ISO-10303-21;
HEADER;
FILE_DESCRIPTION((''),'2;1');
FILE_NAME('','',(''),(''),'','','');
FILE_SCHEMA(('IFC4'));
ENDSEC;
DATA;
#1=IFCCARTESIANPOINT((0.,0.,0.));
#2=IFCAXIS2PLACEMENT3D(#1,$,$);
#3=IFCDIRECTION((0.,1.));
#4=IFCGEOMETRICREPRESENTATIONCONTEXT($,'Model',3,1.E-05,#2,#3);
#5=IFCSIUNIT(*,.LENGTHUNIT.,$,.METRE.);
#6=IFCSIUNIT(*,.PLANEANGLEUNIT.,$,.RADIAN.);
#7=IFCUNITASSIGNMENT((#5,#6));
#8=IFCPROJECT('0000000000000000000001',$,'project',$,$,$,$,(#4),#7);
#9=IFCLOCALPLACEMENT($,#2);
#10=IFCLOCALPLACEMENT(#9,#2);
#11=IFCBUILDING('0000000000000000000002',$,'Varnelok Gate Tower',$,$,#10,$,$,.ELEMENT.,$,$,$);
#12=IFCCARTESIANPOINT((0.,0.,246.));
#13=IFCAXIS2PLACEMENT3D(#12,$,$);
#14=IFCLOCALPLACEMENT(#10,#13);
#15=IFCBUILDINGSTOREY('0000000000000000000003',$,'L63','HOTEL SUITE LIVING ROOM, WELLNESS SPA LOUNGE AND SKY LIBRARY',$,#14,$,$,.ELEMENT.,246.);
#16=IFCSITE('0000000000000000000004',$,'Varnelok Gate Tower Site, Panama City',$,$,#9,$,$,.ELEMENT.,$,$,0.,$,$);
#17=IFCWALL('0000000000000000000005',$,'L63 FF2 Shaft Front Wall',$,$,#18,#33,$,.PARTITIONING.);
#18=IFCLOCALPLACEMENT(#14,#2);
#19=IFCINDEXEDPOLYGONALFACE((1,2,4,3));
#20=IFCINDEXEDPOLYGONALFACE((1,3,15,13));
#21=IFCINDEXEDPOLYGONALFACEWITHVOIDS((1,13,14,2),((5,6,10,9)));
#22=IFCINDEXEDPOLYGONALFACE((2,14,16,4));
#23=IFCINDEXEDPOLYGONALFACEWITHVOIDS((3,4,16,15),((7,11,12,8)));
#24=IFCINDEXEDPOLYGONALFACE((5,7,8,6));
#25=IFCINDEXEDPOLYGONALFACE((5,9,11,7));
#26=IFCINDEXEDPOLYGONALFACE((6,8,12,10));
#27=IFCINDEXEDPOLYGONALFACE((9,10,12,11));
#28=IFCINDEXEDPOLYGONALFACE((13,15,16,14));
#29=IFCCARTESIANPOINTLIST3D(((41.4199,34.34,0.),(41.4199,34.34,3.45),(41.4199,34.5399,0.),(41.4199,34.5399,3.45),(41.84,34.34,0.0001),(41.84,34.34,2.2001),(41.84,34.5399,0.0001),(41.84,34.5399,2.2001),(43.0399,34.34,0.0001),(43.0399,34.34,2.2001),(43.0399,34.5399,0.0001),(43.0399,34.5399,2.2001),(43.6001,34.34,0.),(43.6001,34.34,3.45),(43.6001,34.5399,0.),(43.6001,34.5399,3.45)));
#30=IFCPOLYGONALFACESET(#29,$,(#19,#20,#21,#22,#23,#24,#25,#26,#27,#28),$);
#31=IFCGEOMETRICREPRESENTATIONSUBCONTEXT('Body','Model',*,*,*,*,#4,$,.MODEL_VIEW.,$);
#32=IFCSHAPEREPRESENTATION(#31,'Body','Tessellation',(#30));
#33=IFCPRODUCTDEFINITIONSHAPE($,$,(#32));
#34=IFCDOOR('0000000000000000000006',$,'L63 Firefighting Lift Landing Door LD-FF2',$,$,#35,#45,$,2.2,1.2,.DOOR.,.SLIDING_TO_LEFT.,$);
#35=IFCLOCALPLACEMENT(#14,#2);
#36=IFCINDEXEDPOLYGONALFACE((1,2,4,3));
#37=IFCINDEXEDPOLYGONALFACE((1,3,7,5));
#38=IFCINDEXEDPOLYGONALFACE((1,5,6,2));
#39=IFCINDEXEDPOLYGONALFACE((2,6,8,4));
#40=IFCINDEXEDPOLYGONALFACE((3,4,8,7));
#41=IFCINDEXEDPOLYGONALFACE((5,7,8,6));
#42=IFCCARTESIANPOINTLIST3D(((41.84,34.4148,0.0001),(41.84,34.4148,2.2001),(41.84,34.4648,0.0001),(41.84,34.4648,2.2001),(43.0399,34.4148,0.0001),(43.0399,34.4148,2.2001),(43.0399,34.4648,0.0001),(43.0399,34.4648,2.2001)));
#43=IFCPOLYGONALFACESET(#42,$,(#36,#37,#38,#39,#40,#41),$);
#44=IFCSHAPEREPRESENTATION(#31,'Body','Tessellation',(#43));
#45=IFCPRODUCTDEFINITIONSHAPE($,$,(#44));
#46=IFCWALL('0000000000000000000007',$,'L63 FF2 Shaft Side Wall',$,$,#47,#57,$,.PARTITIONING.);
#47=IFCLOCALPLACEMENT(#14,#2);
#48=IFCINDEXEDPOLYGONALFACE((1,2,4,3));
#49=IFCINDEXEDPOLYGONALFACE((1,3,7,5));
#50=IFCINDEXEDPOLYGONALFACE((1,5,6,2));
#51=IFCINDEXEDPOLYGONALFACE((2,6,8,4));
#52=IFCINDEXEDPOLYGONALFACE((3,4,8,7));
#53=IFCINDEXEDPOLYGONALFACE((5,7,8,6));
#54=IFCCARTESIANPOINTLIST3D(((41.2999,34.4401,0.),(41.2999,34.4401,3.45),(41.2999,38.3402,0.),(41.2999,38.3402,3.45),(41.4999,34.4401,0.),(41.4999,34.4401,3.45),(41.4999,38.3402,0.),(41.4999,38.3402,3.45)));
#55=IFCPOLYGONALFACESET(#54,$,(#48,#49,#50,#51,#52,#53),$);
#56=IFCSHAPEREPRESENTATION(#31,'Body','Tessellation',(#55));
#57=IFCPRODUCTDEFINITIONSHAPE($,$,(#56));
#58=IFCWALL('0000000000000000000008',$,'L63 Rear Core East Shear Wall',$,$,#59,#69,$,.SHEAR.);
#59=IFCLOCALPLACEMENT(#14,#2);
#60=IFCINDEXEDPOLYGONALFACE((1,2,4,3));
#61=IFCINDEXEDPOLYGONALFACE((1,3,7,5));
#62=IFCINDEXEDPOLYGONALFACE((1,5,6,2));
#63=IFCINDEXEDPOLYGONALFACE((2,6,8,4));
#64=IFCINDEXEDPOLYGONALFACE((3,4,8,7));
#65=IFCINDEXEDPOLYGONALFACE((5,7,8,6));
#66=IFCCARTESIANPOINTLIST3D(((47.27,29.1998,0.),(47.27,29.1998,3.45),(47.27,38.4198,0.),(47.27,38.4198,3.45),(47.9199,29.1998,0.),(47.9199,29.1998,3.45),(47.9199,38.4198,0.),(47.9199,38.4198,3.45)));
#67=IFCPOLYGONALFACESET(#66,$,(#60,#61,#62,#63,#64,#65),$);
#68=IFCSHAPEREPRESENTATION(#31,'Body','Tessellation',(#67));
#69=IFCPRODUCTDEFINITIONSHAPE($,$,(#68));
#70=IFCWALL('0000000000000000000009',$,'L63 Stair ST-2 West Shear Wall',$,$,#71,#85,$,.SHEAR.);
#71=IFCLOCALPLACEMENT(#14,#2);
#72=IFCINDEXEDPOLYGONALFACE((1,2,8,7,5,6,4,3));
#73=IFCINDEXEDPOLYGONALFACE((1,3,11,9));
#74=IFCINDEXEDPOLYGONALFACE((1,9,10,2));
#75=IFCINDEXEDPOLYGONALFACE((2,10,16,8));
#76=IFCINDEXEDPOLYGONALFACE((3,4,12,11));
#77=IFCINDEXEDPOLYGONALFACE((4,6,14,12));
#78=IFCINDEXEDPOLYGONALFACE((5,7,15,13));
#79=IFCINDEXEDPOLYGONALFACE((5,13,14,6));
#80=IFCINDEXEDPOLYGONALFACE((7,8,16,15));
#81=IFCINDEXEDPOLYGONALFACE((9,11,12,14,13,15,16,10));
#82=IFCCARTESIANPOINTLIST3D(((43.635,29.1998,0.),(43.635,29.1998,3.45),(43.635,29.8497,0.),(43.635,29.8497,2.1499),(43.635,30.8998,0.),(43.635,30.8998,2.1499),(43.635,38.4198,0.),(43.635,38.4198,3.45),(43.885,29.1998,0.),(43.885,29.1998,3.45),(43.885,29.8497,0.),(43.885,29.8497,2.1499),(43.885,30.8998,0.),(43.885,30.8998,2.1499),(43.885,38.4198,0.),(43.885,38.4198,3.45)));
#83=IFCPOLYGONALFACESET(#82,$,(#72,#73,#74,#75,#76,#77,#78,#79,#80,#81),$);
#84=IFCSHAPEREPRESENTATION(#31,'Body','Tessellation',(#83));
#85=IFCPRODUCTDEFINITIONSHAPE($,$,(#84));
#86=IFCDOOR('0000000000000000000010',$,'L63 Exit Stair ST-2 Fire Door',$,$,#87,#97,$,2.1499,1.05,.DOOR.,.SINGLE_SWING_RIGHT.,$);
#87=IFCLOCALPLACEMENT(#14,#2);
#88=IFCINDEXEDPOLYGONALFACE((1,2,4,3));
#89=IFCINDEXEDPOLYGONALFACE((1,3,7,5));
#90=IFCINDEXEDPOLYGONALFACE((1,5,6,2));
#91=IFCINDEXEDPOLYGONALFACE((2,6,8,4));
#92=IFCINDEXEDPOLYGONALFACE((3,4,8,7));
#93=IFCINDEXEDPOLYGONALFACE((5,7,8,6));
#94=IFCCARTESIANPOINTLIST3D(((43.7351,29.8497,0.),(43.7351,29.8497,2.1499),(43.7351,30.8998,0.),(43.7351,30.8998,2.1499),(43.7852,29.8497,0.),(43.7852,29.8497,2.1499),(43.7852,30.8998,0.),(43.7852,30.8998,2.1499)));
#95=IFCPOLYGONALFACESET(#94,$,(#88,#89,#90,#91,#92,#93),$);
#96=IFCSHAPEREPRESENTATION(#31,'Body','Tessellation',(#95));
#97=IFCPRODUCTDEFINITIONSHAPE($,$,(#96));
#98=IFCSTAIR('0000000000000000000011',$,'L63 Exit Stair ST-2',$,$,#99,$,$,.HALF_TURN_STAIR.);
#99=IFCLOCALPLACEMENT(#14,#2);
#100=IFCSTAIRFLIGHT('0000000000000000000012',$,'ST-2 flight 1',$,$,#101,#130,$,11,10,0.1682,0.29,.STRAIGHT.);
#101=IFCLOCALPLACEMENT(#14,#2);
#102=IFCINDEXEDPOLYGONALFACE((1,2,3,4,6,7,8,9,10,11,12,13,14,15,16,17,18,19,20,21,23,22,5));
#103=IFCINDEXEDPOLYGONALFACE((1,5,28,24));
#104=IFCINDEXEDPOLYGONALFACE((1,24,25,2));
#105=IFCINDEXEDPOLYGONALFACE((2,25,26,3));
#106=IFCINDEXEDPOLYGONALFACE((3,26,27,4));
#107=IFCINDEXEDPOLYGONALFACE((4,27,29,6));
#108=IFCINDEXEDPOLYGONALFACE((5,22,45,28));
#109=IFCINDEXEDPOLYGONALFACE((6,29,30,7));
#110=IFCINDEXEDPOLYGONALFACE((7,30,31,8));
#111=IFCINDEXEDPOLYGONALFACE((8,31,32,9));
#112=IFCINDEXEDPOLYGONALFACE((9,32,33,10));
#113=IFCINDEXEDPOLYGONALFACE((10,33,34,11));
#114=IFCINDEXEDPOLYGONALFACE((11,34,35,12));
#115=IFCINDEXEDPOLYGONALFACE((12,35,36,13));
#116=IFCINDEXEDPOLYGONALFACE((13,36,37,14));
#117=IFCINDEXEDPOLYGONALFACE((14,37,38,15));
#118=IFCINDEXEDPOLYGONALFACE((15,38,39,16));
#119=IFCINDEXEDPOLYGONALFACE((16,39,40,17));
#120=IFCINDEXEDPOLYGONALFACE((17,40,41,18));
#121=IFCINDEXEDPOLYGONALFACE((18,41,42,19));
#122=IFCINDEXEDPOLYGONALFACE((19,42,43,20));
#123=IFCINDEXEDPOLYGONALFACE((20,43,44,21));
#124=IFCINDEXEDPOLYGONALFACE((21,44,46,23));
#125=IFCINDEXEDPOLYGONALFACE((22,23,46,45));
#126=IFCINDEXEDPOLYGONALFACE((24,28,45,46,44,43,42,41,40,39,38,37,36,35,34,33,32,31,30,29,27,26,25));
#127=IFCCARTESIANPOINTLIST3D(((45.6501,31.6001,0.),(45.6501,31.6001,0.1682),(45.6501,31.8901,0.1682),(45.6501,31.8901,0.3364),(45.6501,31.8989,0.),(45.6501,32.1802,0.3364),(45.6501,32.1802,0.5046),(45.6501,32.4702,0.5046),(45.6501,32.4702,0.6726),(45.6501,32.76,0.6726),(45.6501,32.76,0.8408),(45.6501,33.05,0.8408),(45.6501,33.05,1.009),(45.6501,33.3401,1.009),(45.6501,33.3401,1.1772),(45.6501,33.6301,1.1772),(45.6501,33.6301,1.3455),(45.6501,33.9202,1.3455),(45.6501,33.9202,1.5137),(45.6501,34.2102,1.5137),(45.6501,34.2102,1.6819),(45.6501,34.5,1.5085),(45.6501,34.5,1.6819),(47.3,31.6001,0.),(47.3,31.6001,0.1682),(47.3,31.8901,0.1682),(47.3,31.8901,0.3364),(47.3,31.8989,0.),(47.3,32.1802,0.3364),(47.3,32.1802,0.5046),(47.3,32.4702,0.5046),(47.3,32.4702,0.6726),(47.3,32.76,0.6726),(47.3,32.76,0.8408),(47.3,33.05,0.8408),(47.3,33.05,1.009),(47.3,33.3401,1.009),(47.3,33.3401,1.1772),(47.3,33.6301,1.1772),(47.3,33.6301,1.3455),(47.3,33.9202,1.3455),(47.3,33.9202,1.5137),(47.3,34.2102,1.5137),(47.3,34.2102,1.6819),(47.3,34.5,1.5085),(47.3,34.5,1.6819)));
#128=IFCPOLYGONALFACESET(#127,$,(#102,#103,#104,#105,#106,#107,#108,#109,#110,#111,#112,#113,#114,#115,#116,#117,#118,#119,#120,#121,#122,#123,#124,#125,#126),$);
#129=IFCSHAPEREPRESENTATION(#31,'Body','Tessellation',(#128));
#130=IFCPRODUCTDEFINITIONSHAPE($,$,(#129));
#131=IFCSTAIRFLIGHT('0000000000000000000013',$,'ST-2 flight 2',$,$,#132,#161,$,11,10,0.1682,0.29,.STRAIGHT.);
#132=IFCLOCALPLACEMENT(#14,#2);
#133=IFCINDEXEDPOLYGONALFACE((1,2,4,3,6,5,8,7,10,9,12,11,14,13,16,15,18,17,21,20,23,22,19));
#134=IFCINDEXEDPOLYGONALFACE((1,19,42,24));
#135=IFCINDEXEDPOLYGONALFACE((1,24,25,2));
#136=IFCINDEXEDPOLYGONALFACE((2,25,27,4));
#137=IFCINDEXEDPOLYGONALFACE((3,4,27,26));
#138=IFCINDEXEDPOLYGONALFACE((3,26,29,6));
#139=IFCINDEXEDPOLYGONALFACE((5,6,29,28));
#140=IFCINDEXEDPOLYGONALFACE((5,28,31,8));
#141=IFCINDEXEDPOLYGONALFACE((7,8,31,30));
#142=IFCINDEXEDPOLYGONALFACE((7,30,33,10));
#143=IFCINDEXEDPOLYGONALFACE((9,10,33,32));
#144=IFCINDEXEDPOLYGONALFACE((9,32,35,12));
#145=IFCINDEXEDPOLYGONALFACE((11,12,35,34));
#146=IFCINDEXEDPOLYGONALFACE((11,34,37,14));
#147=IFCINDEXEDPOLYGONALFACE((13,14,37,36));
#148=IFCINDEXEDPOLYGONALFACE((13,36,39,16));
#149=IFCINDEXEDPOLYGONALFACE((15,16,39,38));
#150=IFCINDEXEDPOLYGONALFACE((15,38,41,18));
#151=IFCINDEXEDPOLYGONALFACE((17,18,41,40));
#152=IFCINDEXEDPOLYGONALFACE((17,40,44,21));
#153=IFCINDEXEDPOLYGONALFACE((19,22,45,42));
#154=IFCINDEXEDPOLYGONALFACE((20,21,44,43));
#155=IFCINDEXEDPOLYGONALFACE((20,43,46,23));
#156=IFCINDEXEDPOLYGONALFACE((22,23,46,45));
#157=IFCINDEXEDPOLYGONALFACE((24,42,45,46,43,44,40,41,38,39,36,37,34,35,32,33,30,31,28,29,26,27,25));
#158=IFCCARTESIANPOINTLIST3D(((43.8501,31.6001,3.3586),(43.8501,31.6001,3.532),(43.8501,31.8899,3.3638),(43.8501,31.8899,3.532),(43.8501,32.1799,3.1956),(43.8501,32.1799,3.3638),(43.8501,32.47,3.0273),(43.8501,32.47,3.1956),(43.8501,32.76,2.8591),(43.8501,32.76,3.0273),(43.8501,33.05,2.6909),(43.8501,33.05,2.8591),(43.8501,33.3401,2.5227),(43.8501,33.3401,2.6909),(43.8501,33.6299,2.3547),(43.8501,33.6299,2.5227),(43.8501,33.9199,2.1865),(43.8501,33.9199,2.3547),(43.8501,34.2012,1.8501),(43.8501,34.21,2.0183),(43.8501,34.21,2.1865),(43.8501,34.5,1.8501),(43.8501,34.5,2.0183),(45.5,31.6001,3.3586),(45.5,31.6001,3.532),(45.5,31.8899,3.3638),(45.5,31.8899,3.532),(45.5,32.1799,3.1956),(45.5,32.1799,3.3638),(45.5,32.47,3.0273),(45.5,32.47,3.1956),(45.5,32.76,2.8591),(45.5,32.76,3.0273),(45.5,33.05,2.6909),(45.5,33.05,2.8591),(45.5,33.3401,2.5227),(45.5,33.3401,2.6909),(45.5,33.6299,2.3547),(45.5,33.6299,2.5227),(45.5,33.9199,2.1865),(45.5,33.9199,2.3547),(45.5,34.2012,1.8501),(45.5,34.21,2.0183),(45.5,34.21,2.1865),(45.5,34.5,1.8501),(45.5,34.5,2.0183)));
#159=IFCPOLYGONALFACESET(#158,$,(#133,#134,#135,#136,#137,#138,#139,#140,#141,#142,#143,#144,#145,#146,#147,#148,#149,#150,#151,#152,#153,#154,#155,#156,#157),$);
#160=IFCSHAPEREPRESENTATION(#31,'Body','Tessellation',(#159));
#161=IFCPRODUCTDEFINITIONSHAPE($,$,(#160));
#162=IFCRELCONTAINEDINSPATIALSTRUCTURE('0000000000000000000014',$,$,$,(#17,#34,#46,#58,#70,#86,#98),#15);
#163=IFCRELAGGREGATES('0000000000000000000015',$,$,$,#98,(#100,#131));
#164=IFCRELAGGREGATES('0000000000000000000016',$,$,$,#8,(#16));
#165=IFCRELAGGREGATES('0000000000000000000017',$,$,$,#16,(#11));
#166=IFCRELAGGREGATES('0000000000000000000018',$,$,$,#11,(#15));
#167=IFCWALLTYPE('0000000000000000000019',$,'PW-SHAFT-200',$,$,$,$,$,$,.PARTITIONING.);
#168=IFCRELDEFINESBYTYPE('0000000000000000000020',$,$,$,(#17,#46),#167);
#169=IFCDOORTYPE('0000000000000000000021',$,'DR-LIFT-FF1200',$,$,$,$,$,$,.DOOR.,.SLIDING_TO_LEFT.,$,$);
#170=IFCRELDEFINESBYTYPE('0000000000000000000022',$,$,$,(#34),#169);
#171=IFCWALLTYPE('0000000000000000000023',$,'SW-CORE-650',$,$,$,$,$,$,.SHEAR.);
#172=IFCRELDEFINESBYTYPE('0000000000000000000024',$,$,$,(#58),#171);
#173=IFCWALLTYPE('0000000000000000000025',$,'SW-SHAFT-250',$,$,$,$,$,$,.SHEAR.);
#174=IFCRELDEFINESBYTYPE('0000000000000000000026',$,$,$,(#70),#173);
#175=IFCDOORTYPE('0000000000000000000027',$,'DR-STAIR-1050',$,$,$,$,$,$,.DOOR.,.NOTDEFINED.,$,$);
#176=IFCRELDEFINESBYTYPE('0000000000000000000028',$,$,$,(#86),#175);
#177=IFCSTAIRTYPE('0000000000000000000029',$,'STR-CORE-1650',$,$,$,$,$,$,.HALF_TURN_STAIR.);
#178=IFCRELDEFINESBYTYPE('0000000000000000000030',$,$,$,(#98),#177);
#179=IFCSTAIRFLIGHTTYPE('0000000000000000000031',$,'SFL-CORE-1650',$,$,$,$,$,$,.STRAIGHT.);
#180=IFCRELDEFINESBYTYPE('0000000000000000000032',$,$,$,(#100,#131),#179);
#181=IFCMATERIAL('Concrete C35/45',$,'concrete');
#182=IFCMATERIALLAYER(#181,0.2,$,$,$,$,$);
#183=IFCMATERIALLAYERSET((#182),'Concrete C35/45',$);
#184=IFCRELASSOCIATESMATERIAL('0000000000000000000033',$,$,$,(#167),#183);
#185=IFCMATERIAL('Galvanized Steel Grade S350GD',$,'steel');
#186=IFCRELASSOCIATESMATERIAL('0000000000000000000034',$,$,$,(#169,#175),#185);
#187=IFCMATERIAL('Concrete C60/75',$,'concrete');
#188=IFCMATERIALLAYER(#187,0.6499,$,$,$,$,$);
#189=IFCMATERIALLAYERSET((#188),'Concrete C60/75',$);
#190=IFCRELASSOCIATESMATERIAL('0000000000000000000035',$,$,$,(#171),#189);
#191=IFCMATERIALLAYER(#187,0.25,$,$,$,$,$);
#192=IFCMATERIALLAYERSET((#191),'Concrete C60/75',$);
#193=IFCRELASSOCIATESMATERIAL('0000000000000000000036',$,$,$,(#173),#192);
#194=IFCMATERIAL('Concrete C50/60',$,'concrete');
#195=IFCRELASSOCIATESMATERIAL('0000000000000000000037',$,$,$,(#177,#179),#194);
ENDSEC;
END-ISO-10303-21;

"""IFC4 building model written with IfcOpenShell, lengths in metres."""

from ifc_helpers import new_model, si_unit, direction, frame, frame_2d, origin, place, context, subcontext, project, spatial, polyline, rectangle, outline, extrude, material, layer, layer_set, type_object, element, fill, aggregate, save


model = new_model("IFC4")

# Units and contexts
model_context = context("Model", 3, precision=1e-05, world=origin(), true_north=direction((0.0, 1.0)))
body_context = subcontext(model_context, "Body", "Model", "MODEL_VIEW")
ifc_project = project(units=[si_unit("LENGTHUNIT", "METRE"), si_unit("PLANEANGLEUNIT", "RADIAN")], contexts=[model_context])

# Site, building, storey
site_placement = place(None, origin())
site = spatial("IfcSite", under=ifc_project, at=site_placement, Name="Varnelok Gate Tower Site, Panama City", CompositionType="ELEMENT", RefElevation=0.0)
building_placement = place(site_placement, origin())
building = spatial("IfcBuilding", under=site, at=building_placement, Name="Varnelok Gate Tower", CompositionType="ELEMENT")
storey_placement = place(building_placement, frame((0.0, 0.0, 246.0)))
storey = spatial("IfcBuildingStorey", under=building, at=storey_placement, Name="L63", Description="HOTEL SUITE LIVING ROOM, WELLNESS SPA LOUNGE AND SKY LIBRARY", CompositionType="ELEMENT", Elevation=246.0)

# Shared definitions
ifc_material_1 = material(Name="Galvanized Steel Grade S350GD", Category="steel")

# Shared definitions
ifc_material_2 = material(Name="Concrete C35/45", Category="concrete")
ifc_layer_1 = layer(ifc_material_2, 0.2)
ifc_layer_set_1 = layer_set([ifc_layer_1], Name="Concrete C35/45")
wall_type_1 = type_object("IfcWallType", Name="PW-SHAFT-200", PredefinedType="PARTITIONING", material=ifc_layer_set_1)

# Wall, opening, door
wall_1_placement = place(storey_placement, frame((41.4199, 34.4399, 0.0), z_axis=(0.0, 0.0, 1.0), x_axis=(1.0, 0.0, 0.0)))
wall_1 = element("IfcWall", 1, at=wall_1_placement, inside=storey, type_object=wall_type_1, Name="L63 FF2 Shaft Front Wall", PredefinedType="PARTITIONING", context=body_context, shape_type="SweptSolid", body=[
    extrude(rectangle(XDim=2.1802, YDim=0.2, at=frame_2d((1.0901, 0.0))), origin(), (0.0, 0.0, 1.0), 3.45),
])
opening_1_placement = place(wall_1_placement, frame((0.4199, 0.0, 0.0)))
opening_1 = element("IfcOpeningElement", 2, at=opening_1_placement, cuts=wall_1, PredefinedType="OPENING", context=body_context, shape_type="SweptSolid", body=[
    extrude(rectangle(XDim=1.2, YDim=2.2, at=frame_2d((0.6001, 1.1001))), frame((0.0, 0.1099, 0.0), z_axis=(0.0, -1.0, 0.0), x_axis=(1.0, 0.0, 0.0)), (0.0, 0.0, 1.0), 0.22),
])
door_type_1 = type_object("IfcDoorType", Name="DR-LIFT-FF1200", OperationType="SLIDING_TO_LEFT", PredefinedType="DOOR", material=ifc_material_1)
door_1_placement = place(opening_1_placement, origin())
door_1 = element("IfcDoor", 3, at=door_1_placement, inside=storey, type_object=door_type_1, Name="L63 Firefighting Lift Landing Door LD-FF2", OperationType="SLIDING_TO_LEFT", OverallHeight=2.2, OverallWidth=1.2, PredefinedType="DOOR", context=body_context, shape_type="SweptSolid", body=[
    extrude(rectangle(XDim=1.2, YDim=2.2, at=frame_2d((0.6001, 1.1001))), frame((0.0, 0.0249, 0.0), z_axis=(0.0, -1.0, 0.0), x_axis=(1.0, 0.0, 0.0)), (0.0, 0.0, 1.0), 0.05),
])
fill(opening_1, door_1)

# Walls
wall_2_placement = place(storey_placement, frame((41.3999, 34.4399, 0.0), z_axis=(0.0, 0.0, 1.0), x_axis=(0.0, 1.0, 0.0)))
element("IfcWall", 4, at=wall_2_placement, inside=storey, type_object=wall_type_1, Name="L63 FF2 Shaft Side Wall", PredefinedType="PARTITIONING", context=body_context, shape_type="SweptSolid", body=[
    extrude(rectangle(XDim=3.9001, YDim=0.2, at=frame_2d((1.9502, 0.0))), origin(), (0.0, 0.0, 1.0), 3.45),
])
ifc_material_3 = material(Name="Concrete C60/75", Category="concrete")
ifc_layer_2 = layer(ifc_material_3, 0.6499)
ifc_layer_set_2 = layer_set([ifc_layer_2], Name="Concrete C60/75")
wall_type_2 = type_object("IfcWallType", Name="SW-CORE-650", PredefinedType="SHEAR", material=ifc_layer_set_2)
wall_3_placement = place(storey_placement, frame((47.595, 29.2, 0.0), z_axis=(0.0, 0.0, 1.0), x_axis=(0.0, 1.0, 0.0)))
element("IfcWall", 5, at=wall_3_placement, inside=storey, type_object=wall_type_2, Name="L63 Rear Core East Shear Wall", PredefinedType="SHEAR", context=body_context, shape_type="SweptSolid", body=[
    extrude(rectangle(XDim=9.22, YDim=0.6499, at=frame_2d((4.6099, 0.0))), origin(), (0.0, 0.0, 1.0), 3.45),
])

# Wall, opening, door
ifc_layer_3 = layer(ifc_material_3, 0.25)
ifc_layer_set_3 = layer_set([ifc_layer_3], Name="Concrete C60/75")
wall_type_3 = type_object("IfcWallType", Name="SW-SHAFT-250", PredefinedType="SHEAR", material=ifc_layer_set_3)
wall_4_placement = place(storey_placement, frame((43.76, 29.2, 0.0), z_axis=(0.0, 0.0, 1.0), x_axis=(0.0, 1.0, 0.0)))
wall_4 = element("IfcWall", 6, at=wall_4_placement, inside=storey, type_object=wall_type_3, Name="L63 Stair ST-2 West Shear Wall", PredefinedType="SHEAR", context=body_context, shape_type="SweptSolid", body=[
    extrude(rectangle(XDim=9.22, YDim=0.25, at=frame_2d((4.6099, 0.0))), origin(), (0.0, 0.0, 1.0), 3.45),
])
opening_2_placement = place(wall_4_placement, frame((0.6499, 0.0, 0.0)))
opening_2 = element("IfcOpeningElement", 7, at=opening_2_placement, cuts=wall_4, PredefinedType="OPENING", context=body_context, shape_type="SweptSolid", body=[
    extrude(rectangle(XDim=1.05, YDim=2.1499, at=frame_2d((0.5249, 1.075))), frame((0.0, 0.135, 0.0), z_axis=(0.0, -1.0, 0.0), x_axis=(1.0, 0.0, 0.0)), (0.0, 0.0, 1.0), 0.27),
])
door_type_2 = type_object("IfcDoorType", Name="DR-STAIR-1050", OperationType="NOTDEFINED", PredefinedType="DOOR", material=ifc_material_1)
door_2_placement = place(opening_2_placement, origin())
door_2 = element("IfcDoor", 8, at=door_2_placement, inside=storey, type_object=door_type_2, Name="L63 Exit Stair ST-2 Fire Door", OperationType="SINGLE_SWING_RIGHT", OverallHeight=2.1499, OverallWidth=1.05, PredefinedType="DOOR", context=body_context, shape_type="SweptSolid", body=[
    extrude(rectangle(XDim=1.05, YDim=2.1499, at=frame_2d((0.5249, 1.075))), frame((0.0, 0.0249, 0.0), z_axis=(0.0, -1.0, 0.0), x_axis=(1.0, 0.0, 0.0)), (0.0, 0.0, 1.0), 0.05),
])
fill(opening_2, door_2)

# Stair, stair flights
ifc_material_4 = material(Name="Concrete C50/60", Category="concrete")
stair_type = type_object("IfcStairType", Name="STR-CORE-1650", PredefinedType="HALF_TURN_STAIR", material=ifc_material_4)
stair_placement = place(storey_placement, origin())
stair = element("IfcStair", 9, at=stair_placement, inside=storey, type_object=stair_type, Name="L63 Exit Stair ST-2", PredefinedType="HALF_TURN_STAIR")
stair_flight_type = type_object("IfcStairFlightType", Name="SFL-CORE-1650", PredefinedType="STRAIGHT", material=ifc_material_4)
stair_flight_1_placement = place(storey_placement, frame((46.4751, 31.6001, 0.0), z_axis=(0.0, 0.0, 1.0), x_axis=(0.0, 1.0, 0.0)))
stair_flight_1 = element("IfcStairFlight", 10, at=stair_flight_1_placement, type_object=stair_flight_type, Name="ST-2 flight 1", NumberOfRisers=11, NumberOfTreads=10, PredefinedType="STRAIGHT", RiserHeight=0.1682, TreadLength=0.29, context=body_context, shape_type="SweptSolid", body=[
    extrude(outline(polyline([(0.0, 0.0), (0.0, 0.1682), (0.29, 0.1682), (0.29, 0.3364), (0.5801, 0.3364), (0.5801, 0.5046), (0.8701, 0.5046), (0.8701, 0.6726), (1.1599, 0.6726), (1.1599, 0.8408), (1.45, 0.8408), (1.45, 1.009), (1.74, 1.009), (1.74, 1.1772), (2.03, 1.1772), (2.03, 1.3455), (2.3201, 1.3455), (2.3201, 1.5137), (2.6101, 1.5137), (2.6101, 1.6819), (2.8999, 1.6819), (2.8999, 1.8501), (2.8999, 1.5085), (0.2988, 0.0), (0.0, 0.0)])), frame((0.0, 0.825, 0.0), z_axis=(0.0, -1.0, 0.0), x_axis=(1.0, 0.0, 0.0)), (0.0, 0.0, 1.0), 1.6499),
])
stair_flight_2_placement = place(storey_placement, frame((44.675, 34.5, 1.8501), z_axis=(0.0, 0.0, 1.0), x_axis=(0.0, -1.0, 0.0)))
stair_flight_2 = element("IfcStairFlight", 11, at=stair_flight_2_placement, type_object=stair_flight_type, Name="ST-2 flight 2", NumberOfRisers=11, NumberOfTreads=10, PredefinedType="STRAIGHT", RiserHeight=0.1682, TreadLength=0.29, context=body_context, shape_type="SweptSolid", body=[
    extrude(outline(polyline([(0.0, 0.0), (0.0, 0.1682), (0.29, 0.1682), (0.29, 0.3364), (0.5801, 0.3364), (0.5801, 0.5046), (0.8701, 0.5046), (0.8701, 0.6726), (1.1599, 0.6726), (1.1599, 0.8408), (1.45, 0.8408), (1.45, 1.009), (1.74, 1.009), (1.74, 1.1772), (2.03, 1.1772), (2.03, 1.3455), (2.3201, 1.3455), (2.3201, 1.5137), (2.6101, 1.5137), (2.6101, 1.6819), (2.8999, 1.6819), (2.8999, 1.8501), (2.8999, 1.5085), (0.2988, 0.0), (0.0, 0.0)])), frame((0.0, 0.825, 0.0), z_axis=(0.0, -1.0, 0.0), x_axis=(1.0, 0.0, 0.0)), (0.0, 0.0, 1.0), 1.6499),
])
aggregate(stair, [stair_flight_1, stair_flight_2])

save(model, "model.ifc")
